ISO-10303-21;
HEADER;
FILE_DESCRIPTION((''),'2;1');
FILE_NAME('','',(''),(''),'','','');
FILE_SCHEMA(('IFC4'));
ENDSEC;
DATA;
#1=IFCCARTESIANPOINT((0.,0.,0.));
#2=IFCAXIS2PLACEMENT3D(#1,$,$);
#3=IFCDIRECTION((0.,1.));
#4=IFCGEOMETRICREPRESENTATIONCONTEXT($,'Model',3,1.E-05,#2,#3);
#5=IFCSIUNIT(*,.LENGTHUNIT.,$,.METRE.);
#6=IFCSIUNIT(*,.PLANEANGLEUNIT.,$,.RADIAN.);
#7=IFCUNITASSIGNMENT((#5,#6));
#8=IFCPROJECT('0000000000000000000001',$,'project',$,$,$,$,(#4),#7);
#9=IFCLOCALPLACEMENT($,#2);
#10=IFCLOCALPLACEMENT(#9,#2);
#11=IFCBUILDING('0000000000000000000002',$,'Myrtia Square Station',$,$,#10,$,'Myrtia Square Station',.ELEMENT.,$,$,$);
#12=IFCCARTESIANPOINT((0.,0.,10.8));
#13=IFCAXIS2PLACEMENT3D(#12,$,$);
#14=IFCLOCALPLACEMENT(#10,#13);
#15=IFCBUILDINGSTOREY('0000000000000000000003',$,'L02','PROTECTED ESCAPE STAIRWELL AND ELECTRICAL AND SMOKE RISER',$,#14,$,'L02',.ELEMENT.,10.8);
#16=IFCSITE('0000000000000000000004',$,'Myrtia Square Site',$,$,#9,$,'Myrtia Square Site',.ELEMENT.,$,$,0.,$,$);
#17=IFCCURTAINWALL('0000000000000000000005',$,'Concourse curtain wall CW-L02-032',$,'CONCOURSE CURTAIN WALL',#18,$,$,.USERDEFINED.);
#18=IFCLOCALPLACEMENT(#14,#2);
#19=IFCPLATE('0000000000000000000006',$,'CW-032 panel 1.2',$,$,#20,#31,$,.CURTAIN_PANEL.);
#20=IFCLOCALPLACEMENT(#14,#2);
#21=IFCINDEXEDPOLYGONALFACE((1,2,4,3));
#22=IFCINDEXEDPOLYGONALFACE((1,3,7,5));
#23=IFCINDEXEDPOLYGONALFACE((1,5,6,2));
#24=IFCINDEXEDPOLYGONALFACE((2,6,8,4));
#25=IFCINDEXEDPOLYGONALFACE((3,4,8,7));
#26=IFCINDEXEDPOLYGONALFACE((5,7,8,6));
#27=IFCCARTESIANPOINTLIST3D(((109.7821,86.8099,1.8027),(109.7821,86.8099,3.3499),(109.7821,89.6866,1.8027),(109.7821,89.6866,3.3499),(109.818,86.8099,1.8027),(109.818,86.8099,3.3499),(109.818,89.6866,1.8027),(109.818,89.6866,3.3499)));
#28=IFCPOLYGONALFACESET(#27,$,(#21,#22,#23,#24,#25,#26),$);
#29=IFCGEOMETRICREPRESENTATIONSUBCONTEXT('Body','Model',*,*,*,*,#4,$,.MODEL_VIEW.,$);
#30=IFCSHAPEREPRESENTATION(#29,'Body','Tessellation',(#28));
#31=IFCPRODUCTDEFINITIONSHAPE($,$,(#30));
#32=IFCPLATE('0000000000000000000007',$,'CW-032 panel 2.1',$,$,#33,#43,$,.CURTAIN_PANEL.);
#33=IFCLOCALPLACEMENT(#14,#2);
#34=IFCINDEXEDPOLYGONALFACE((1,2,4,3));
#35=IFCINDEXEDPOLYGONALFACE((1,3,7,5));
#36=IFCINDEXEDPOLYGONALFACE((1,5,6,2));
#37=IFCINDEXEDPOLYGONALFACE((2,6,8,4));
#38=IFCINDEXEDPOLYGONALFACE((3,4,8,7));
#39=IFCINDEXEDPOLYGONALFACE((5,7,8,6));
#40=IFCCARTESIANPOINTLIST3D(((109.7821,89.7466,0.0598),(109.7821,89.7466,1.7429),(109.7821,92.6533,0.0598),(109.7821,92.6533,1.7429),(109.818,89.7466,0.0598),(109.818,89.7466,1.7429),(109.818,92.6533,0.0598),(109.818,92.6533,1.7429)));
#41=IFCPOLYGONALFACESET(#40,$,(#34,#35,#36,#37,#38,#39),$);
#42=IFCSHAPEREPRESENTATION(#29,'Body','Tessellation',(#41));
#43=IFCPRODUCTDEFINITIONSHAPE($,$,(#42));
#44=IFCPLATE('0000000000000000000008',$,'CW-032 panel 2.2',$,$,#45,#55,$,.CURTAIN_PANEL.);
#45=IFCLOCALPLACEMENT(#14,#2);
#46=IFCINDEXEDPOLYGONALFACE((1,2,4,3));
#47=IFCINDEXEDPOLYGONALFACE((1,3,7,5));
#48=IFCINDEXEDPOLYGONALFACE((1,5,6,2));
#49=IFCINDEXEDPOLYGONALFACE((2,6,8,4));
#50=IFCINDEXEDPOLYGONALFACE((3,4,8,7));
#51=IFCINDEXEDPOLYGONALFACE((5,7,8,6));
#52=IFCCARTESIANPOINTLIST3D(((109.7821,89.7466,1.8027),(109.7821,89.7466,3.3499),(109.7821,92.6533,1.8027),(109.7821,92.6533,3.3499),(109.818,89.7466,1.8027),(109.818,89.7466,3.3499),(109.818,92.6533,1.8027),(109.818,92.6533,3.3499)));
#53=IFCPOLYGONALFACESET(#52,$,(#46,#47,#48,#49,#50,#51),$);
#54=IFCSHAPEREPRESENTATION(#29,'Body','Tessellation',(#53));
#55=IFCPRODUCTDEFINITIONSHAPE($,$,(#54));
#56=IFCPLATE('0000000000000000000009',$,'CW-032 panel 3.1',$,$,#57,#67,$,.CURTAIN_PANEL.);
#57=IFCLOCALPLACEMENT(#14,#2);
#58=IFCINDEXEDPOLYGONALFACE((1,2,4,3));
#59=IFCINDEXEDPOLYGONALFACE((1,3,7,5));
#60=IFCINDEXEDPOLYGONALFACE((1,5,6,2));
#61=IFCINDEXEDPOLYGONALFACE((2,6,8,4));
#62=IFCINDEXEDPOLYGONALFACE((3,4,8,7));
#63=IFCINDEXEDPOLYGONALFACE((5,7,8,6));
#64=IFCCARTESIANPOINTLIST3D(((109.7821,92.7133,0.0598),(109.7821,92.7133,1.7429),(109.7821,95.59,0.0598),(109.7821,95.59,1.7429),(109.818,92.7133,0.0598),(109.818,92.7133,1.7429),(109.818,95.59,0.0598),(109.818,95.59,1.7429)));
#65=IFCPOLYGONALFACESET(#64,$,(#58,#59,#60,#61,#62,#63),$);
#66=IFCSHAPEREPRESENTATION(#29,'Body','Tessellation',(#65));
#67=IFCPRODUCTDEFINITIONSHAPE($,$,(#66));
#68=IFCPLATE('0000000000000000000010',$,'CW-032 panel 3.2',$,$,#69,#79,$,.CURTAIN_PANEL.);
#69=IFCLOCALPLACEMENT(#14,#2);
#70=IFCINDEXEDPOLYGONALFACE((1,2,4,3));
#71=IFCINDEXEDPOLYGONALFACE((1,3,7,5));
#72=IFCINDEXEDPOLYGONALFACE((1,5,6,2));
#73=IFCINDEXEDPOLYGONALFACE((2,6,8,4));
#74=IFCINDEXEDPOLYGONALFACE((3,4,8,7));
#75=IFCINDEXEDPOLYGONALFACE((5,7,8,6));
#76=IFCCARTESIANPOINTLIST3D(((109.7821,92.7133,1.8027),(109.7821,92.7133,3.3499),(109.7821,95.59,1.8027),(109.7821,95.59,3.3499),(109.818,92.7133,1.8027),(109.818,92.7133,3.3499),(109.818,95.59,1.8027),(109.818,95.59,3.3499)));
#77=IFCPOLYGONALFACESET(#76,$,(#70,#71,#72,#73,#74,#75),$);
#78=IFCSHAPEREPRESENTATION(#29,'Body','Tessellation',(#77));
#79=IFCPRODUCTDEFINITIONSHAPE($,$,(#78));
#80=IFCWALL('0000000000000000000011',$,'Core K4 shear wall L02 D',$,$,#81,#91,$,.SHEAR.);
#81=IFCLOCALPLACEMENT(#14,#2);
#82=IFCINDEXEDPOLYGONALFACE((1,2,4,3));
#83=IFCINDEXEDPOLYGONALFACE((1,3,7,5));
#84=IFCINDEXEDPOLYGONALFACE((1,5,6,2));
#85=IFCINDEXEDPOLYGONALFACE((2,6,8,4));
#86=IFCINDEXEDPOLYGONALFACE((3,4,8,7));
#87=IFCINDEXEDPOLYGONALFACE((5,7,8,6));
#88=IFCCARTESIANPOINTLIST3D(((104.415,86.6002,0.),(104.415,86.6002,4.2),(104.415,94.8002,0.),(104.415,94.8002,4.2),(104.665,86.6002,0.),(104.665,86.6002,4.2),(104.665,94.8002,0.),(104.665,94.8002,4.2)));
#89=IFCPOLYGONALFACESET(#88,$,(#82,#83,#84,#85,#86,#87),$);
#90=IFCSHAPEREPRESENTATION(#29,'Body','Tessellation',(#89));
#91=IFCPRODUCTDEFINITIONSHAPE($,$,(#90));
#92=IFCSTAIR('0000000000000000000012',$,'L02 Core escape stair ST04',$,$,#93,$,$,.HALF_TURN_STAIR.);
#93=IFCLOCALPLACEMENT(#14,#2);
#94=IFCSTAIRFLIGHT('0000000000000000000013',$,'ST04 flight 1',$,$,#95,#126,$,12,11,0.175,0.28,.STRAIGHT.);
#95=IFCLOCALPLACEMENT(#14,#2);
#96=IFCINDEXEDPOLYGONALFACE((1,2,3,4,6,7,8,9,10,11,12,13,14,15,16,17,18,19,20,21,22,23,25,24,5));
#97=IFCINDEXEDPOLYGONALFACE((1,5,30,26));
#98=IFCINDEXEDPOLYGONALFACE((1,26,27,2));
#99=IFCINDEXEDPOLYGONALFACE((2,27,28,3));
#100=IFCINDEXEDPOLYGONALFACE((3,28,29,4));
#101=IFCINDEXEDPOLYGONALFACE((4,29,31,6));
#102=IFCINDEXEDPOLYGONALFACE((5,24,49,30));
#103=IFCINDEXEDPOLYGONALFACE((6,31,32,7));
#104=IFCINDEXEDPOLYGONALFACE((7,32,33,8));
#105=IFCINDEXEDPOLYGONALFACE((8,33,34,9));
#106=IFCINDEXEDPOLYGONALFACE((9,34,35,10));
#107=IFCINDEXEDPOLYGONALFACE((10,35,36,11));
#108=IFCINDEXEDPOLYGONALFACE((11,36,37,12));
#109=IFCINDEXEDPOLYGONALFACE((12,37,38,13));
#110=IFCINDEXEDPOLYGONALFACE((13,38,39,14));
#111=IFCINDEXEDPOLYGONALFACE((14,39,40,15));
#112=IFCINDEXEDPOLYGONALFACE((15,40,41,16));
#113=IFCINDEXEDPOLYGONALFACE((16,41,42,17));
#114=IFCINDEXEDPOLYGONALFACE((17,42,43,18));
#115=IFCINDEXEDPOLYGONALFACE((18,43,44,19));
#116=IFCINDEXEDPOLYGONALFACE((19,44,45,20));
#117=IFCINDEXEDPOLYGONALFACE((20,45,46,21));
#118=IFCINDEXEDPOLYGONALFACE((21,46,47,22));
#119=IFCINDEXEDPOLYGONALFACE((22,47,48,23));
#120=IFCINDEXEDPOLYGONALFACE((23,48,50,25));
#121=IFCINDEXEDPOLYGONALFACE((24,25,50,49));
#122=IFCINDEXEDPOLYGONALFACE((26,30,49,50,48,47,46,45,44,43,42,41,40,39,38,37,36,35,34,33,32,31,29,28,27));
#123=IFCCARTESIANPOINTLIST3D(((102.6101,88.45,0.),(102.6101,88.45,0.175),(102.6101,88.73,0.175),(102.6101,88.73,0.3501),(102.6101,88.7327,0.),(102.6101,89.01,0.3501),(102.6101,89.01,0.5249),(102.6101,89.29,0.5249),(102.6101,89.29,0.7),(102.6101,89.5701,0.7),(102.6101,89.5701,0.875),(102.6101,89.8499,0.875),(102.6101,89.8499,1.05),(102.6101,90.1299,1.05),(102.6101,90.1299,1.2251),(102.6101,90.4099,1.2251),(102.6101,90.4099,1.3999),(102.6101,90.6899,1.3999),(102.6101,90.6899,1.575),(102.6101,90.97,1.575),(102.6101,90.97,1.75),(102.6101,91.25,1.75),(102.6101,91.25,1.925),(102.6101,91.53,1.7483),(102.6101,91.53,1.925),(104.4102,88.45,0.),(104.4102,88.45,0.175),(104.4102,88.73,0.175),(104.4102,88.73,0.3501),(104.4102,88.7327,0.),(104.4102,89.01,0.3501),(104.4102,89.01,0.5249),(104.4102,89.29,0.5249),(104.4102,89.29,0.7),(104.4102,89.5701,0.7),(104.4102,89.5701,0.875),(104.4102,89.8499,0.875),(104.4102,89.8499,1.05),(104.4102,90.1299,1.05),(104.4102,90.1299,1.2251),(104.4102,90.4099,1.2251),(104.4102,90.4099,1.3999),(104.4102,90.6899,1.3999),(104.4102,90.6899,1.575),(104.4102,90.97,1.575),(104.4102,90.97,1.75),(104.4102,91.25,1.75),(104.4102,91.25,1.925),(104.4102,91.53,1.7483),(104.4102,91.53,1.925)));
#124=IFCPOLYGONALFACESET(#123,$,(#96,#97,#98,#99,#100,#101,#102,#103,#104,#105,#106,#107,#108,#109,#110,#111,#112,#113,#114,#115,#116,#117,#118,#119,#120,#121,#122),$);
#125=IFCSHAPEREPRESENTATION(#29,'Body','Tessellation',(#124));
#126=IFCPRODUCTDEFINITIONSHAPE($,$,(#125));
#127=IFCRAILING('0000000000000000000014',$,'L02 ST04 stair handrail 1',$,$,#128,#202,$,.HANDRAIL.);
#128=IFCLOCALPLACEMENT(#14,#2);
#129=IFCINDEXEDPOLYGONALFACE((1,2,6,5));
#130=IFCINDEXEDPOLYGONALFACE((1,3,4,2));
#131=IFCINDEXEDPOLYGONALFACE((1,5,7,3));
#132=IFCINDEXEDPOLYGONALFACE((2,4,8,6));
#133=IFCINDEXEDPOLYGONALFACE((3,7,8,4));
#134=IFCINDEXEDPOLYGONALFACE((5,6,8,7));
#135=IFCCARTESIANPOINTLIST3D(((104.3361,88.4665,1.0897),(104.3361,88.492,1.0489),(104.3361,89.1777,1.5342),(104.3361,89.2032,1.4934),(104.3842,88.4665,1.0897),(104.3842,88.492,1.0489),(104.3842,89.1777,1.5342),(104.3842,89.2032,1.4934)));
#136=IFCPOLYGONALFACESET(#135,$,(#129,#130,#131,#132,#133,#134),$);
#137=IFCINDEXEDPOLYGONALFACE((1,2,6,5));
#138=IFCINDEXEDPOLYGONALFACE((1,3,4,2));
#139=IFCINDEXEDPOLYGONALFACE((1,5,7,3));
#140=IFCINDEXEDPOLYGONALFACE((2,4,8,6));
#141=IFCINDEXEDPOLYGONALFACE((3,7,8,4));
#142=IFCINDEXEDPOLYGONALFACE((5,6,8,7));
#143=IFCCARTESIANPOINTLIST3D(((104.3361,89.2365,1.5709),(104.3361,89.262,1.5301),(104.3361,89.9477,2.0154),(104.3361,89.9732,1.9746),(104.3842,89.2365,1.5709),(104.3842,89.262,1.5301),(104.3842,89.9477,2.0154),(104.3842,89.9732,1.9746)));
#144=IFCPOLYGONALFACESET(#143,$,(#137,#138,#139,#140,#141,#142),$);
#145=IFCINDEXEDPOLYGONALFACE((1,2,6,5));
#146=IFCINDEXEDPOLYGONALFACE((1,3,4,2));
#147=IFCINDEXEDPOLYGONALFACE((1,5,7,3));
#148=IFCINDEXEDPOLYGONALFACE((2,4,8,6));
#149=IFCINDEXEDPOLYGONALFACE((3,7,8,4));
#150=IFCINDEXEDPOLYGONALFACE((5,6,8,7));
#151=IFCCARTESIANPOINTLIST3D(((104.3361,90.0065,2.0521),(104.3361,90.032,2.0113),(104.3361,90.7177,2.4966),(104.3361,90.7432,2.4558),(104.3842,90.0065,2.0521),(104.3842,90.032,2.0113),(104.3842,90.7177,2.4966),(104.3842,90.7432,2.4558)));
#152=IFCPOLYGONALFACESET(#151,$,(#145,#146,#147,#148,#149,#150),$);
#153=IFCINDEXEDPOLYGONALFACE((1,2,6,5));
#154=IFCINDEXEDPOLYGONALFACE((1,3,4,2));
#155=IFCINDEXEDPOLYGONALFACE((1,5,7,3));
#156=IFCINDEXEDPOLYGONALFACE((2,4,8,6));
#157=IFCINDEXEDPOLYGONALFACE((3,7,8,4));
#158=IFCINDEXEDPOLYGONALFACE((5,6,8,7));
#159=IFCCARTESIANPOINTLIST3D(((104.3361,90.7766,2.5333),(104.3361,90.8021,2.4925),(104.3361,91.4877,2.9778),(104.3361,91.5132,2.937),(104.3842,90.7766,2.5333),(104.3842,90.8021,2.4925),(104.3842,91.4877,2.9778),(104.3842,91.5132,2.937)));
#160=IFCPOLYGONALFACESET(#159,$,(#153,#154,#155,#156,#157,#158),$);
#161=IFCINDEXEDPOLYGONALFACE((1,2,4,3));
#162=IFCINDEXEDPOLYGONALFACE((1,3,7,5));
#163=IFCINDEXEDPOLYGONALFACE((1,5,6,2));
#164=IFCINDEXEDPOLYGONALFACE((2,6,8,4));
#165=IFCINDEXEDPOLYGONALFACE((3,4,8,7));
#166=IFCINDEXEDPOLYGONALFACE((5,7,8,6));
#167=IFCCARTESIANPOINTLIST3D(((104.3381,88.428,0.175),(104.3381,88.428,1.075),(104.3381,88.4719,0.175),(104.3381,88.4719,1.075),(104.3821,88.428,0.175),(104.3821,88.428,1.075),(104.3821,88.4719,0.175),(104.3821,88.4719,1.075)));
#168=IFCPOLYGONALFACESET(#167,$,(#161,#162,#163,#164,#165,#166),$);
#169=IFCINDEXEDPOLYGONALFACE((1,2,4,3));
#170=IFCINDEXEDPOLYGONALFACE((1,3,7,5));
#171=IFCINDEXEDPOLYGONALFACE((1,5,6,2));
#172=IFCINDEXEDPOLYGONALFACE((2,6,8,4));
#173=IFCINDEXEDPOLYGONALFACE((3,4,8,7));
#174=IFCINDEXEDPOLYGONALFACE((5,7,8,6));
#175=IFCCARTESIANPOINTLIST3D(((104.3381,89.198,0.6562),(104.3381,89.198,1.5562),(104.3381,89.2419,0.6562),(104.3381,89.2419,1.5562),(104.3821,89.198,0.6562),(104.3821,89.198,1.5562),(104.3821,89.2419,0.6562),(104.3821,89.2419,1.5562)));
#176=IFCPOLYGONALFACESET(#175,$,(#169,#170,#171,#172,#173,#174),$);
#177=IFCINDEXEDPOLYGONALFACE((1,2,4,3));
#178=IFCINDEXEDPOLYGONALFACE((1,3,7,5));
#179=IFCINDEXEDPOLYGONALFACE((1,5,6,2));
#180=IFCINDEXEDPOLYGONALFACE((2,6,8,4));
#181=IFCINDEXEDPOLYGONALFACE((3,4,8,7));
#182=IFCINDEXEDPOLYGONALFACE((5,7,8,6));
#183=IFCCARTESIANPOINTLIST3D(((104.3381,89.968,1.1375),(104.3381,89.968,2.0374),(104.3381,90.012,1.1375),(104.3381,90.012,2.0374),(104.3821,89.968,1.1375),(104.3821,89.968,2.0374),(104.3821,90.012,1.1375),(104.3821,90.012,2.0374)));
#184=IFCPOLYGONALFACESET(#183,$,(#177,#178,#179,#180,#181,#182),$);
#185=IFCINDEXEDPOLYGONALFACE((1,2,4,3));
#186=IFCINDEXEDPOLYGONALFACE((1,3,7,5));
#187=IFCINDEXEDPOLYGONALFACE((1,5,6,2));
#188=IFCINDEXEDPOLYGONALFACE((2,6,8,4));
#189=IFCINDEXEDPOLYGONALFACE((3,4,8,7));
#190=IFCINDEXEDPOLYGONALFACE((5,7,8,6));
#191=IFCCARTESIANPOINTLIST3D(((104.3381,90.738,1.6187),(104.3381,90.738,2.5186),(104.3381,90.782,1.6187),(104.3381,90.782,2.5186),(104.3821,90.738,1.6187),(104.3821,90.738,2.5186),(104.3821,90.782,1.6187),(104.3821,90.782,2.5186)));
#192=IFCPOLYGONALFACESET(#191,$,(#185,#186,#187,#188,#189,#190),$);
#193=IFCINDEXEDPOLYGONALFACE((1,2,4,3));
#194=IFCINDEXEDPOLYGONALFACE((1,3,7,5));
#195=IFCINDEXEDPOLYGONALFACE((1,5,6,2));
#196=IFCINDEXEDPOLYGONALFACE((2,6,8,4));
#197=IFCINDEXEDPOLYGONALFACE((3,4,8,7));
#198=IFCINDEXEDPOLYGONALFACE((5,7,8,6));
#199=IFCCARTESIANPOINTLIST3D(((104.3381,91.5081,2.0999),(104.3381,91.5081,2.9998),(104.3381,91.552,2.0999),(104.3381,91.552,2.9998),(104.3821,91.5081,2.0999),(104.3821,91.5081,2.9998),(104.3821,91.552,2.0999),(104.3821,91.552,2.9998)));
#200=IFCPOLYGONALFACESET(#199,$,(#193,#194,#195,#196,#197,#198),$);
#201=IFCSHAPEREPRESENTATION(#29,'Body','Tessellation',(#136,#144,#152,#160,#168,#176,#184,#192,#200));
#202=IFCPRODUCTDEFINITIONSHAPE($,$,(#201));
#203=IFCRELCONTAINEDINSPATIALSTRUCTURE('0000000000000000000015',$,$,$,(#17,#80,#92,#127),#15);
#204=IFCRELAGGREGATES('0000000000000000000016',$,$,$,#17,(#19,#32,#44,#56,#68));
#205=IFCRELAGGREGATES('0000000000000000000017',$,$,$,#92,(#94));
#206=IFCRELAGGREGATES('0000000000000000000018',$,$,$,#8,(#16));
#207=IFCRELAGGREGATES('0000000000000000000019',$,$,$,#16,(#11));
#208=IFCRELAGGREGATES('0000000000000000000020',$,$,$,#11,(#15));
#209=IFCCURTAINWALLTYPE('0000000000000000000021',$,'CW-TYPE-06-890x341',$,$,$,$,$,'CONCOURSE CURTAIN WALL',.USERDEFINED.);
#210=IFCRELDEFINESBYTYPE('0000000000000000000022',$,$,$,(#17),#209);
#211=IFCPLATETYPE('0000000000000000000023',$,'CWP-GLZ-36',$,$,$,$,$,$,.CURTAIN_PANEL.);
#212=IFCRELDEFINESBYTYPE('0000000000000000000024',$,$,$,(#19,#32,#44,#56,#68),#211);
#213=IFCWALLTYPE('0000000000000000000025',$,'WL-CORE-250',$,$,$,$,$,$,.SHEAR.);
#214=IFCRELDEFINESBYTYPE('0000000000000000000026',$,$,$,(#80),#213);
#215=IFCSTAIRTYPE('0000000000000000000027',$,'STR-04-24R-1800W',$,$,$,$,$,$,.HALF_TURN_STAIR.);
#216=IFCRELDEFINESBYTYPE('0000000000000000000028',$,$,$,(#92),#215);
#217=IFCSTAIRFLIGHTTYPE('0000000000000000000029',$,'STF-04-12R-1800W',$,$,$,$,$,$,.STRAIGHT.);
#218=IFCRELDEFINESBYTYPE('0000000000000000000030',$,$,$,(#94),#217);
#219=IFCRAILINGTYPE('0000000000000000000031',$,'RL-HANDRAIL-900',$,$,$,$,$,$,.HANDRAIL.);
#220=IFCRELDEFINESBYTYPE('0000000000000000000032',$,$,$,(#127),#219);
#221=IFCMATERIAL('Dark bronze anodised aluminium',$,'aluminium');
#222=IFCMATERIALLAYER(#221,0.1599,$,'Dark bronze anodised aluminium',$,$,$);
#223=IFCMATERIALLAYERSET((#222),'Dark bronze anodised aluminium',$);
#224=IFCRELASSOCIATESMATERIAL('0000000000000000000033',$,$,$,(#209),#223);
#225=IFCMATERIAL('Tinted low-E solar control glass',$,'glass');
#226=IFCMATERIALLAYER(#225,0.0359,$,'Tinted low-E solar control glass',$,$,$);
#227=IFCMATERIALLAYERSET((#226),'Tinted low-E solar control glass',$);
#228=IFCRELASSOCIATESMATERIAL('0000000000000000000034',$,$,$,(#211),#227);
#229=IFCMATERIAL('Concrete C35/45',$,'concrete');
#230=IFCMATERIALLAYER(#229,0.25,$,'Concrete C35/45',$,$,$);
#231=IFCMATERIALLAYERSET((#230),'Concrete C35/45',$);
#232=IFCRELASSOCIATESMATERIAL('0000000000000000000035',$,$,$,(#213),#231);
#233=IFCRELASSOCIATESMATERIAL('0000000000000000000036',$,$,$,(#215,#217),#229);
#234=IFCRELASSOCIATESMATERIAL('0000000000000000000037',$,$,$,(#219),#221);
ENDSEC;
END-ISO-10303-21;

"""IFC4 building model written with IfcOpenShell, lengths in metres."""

from ifc_helpers import new_model, si_unit, direction, frame, frame_2d, origin, origin_2d, place, context, subcontext, project, spatial, polyline, rectangle, outline, extrude, material, layer, layer_set, type_object, element, aggregate, save


model = new_model("IFC4")

# Units and contexts
model_context = context("Model", 3, precision=1e-05, world=origin(), true_north=direction((0.0, 1.0)))
body_context = subcontext(model_context, "Body", "Model", "MODEL_VIEW")
ifc_project = project(units=[si_unit("LENGTHUNIT", "METRE"), si_unit("PLANEANGLEUNIT", "RADIAN")], contexts=[model_context])

# Site, building, storey
site_placement = place(None, origin())
site = spatial("IfcSite", under=ifc_project, at=site_placement, Name="Myrtia Square Site", LongName="Myrtia Square Site", CompositionType="ELEMENT", RefElevation=0.0)
building_placement = place(site_placement, origin())
building = spatial("IfcBuilding", under=site, at=building_placement, Name="Myrtia Square Station", LongName="Myrtia Square Station", CompositionType="ELEMENT")
storey_placement = place(building_placement, frame((0.0, 0.0, 10.8)))
storey = spatial("IfcBuildingStorey", under=building, at=storey_placement, Name="L02", Description="PROTECTED ESCAPE STAIRWELL AND ELECTRICAL AND SMOKE RISER", LongName="L02", CompositionType="ELEMENT", Elevation=10.8)

# Curtain wall, plates
ifc_material_1 = material(Name="Dark bronze anodised aluminium", Category="aluminium")
ifc_layer_1 = layer(ifc_material_1, 0.1599, Name="Dark bronze anodised aluminium")
ifc_layer_set_1 = layer_set([ifc_layer_1], Name="Dark bronze anodised aluminium")
curtain_wall_type = type_object("IfcCurtainWallType", Name="CW-TYPE-06-890x341", ElementType="CONCOURSE CURTAIN WALL", PredefinedType="USERDEFINED", material=ifc_layer_set_1)
curtain_wall_placement = place(storey_placement, origin())
curtain_wall = element("IfcCurtainWall", 1, at=curtain_wall_placement, inside=storey, type_object=curtain_wall_type, Name="Concourse curtain wall CW-L02-032", ObjectType="CONCOURSE CURTAIN WALL", PredefinedType="USERDEFINED")
ifc_material_2 = material(Name="Tinted low-E solar control glass", Category="glass")
ifc_layer_2 = layer(ifc_material_2, 0.0359, Name="Tinted low-E solar control glass")
ifc_layer_set_2 = layer_set([ifc_layer_2], Name="Tinted low-E solar control glass")
plate_type = type_object("IfcPlateType", Name="CWP-GLZ-36", PredefinedType="CURTAIN_PANEL", material=ifc_layer_set_2)
plate_1_placement = place(storey_placement, frame((109.8, 88.2483, 1.8027), z_axis=(0.0, 0.0, 1.0), x_axis=(0.0, 1.0, 0.0)))
plate_1 = element("IfcPlate", 2, at=plate_1_placement, type_object=plate_type, Name="CW-032 panel 1.2", PredefinedType="CURTAIN_PANEL", context=body_context, shape_type="SweptSolid", body=[
    extrude(rectangle(XDim=2.8767, YDim=0.0359, at=origin_2d()), origin(), (0.0, 0.0, 1.0), 1.5471),
])
plate_2_placement = place(storey_placement, frame((109.8, 91.2, 0.0598), z_axis=(0.0, 0.0, 1.0), x_axis=(0.0, 1.0, 0.0)))
plate_2 = element("IfcPlate", 3, at=plate_2_placement, type_object=plate_type, Name="CW-032 panel 2.1", PredefinedType="CURTAIN_PANEL", context=body_context, shape_type="SweptSolid", body=[
    extrude(rectangle(XDim=2.9067, YDim=0.0359, at=origin_2d()), origin(), (0.0, 0.0, 1.0), 1.6831),
])
plate_3_placement = place(storey_placement, frame((109.8, 91.2, 1.8027), z_axis=(0.0, 0.0, 1.0), x_axis=(0.0, 1.0, 0.0)))
plate_3 = element("IfcPlate", 4, at=plate_3_placement, type_object=plate_type, Name="CW-032 panel 2.2", PredefinedType="CURTAIN_PANEL", context=body_context, shape_type="SweptSolid", body=[
    extrude(rectangle(XDim=2.9067, YDim=0.0359, at=origin_2d()), origin(), (0.0, 0.0, 1.0), 1.5471),
])
plate_4_placement = place(storey_placement, frame((109.8, 94.1516, 0.0598), z_axis=(0.0, 0.0, 1.0), x_axis=(0.0, 1.0, 0.0)))
plate_4 = element("IfcPlate", 5, at=plate_4_placement, type_object=plate_type, Name="CW-032 panel 3.1", PredefinedType="CURTAIN_PANEL", context=body_context, shape_type="SweptSolid", body=[
    extrude(rectangle(XDim=2.8767, YDim=0.0359, at=origin_2d()), origin(), (0.0, 0.0, 1.0), 1.6831),
])
plate_5_placement = place(storey_placement, frame((109.8, 94.1516, 1.8027), z_axis=(0.0, 0.0, 1.0), x_axis=(0.0, 1.0, 0.0)))
plate_5 = element("IfcPlate", 6, at=plate_5_placement, type_object=plate_type, Name="CW-032 panel 3.2", PredefinedType="CURTAIN_PANEL", context=body_context, shape_type="SweptSolid", body=[
    extrude(rectangle(XDim=2.8767, YDim=0.0359, at=origin_2d()), origin(), (0.0, 0.0, 1.0), 1.5471),
])
aggregate(curtain_wall, [plate_1, plate_2, plate_3, plate_4, plate_5])

# Wall
ifc_material_3 = material(Name="Concrete C35/45", Category="concrete")
ifc_layer_3 = layer(ifc_material_3, 0.25, Name="Concrete C35/45")
ifc_layer_set_3 = layer_set([ifc_layer_3], Name="Concrete C35/45")
wall_type = type_object("IfcWallType", Name="WL-CORE-250", PredefinedType="SHEAR", material=ifc_layer_set_3)
wall_placement = place(storey_placement, frame((104.54, 86.6001, 0.0), z_axis=(0.0, 0.0, 1.0), x_axis=(0.0, 1.0, 0.0)))
element("IfcWall", 7, at=wall_placement, inside=storey, type_object=wall_type, Name="Core K4 shear wall L02 D", PredefinedType="SHEAR", context=body_context, shape_type="SweptSolid", body=[
    extrude(rectangle(XDim=8.2, YDim=0.25, at=frame_2d((4.1001, 0.0))), origin(), (0.0, 0.0, 1.0), 4.2),
])

# Stair, stair flight
stair_type = type_object("IfcStairType", Name="STR-04-24R-1800W", PredefinedType="HALF_TURN_STAIR", material=ifc_material_3)
stair_placement = place(storey_placement, origin())
stair = element("IfcStair", 8, at=stair_placement, inside=storey, type_object=stair_type, Name="L02 Core escape stair ST04", PredefinedType="HALF_TURN_STAIR")
stair_flight_type = type_object("IfcStairFlightType", Name="STF-04-12R-1800W", PredefinedType="STRAIGHT", material=ifc_material_3)
stair_flight_placement = place(storey_placement, frame((103.51, 88.45, 0.0), z_axis=(0.0, 0.0, 1.0), x_axis=(0.0, 1.0, 0.0)))
stair_flight = element("IfcStairFlight", 9, at=stair_flight_placement, type_object=stair_flight_type, Name="ST04 flight 1", NumberOfRisers=12, NumberOfTreads=11, PredefinedType="STRAIGHT", RiserHeight=0.175, TreadLength=0.28, context=body_context, shape_type="SweptSolid", body=[
    extrude(outline(polyline([(0.0, 0.0), (0.0, 0.175), (0.28, 0.175), (0.28, 0.3501), (0.5601, 0.3501), (0.5601, 0.5249), (0.8401, 0.5249), (0.8401, 0.7), (1.1201, 0.7), (1.1201, 0.875), (1.3999, 0.875), (1.3999, 1.05), (1.6799, 1.05), (1.6799, 1.2251), (1.96, 1.2251), (1.96, 1.3999), (2.24, 1.3999), (2.24, 1.575), (2.52, 1.575), (2.52, 1.75), (2.8, 1.75), (2.8, 1.925), (3.0801, 1.925), (3.0801, 2.1001), (3.0801, 1.7483), (0.2827, 0.0), (0.0, 0.0)])), frame((0.0, 0.8999, 0.0), z_axis=(0.0, -1.0, 0.0), x_axis=(1.0, 0.0, 0.0)), (0.0, 0.0, 1.0), 1.8),
])
aggregate(stair, [stair_flight])

# Railing
railing_type_1 = type_object("IfcRailingType", Name="RL-HANDRAIL-900", PredefinedType="HANDRAIL", material=ifc_material_1)
railing_1_placement = place(storey_placement, frame((104.3601, 88.45, 0.175)))
element("IfcRailing", 10, at=railing_1_placement, inside=storey, type_object=railing_type_1, Name="L02 ST04 stair handrail 1", PredefinedType="HANDRAIL", context=body_context, shape_type="SweptSolid", body=[
    extrude(rectangle(XDim=0.0481, YDim=0.0481, at=origin_2d()), frame((0.0, 0.0293, 0.8943), z_axis=(0.0, 0.848029, 0.529951), x_axis=(-1.0, 0.0, 0.0)), (0.0, 0.0, 1.0), 0.8386),
    extrude(rectangle(XDim=0.0481, YDim=0.0481, at=origin_2d()), frame((0.0, 0.7993, 1.3755), z_axis=(0.0, 0.848029, 0.529951), x_axis=(-1.0, 0.0, 0.0)), (0.0, 0.0, 1.0), 0.8386),
    extrude(rectangle(XDim=0.0481, YDim=0.0481, at=origin_2d()), frame((0.0, 1.5693, 1.8567), z_axis=(0.0, 0.848029, 0.529951), x_axis=(-1.0, 0.0, 0.0)), (0.0, 0.0, 1.0), 0.8386),
    extrude(rectangle(XDim=0.0481, YDim=0.0481, at=origin_2d()), frame((0.0, 2.3394, 2.3379), z_axis=(0.0, 0.848029, 0.529951), x_axis=(-1.0, 0.0, 0.0)), (0.0, 0.0, 1.0), 0.8386),
    extrude(rectangle(XDim=0.0439, YDim=0.0439, at=origin_2d()), origin(), (0.0, 0.0, 1.0), 0.8999),
    extrude(rectangle(XDim=0.0439, YDim=0.0439, at=origin_2d()), frame((0.0, 0.77, 0.4812)), (0.0, 0.0, 1.0), 0.8999),
    extrude(rectangle(XDim=0.0439, YDim=0.0439, at=origin_2d()), frame((0.0, 1.54, 0.9624)), (0.0, 0.0, 1.0), 0.8999),
    extrude(rectangle(XDim=0.0439, YDim=0.0439, at=origin_2d()), frame((0.0, 2.3101, 1.4436)), (0.0, 0.0, 1.0), 0.8999),
    extrude(rectangle(XDim=0.0439, YDim=0.0439, at=origin_2d()), frame((0.0, 3.0801, 1.9248)), (0.0, 0.0, 1.0), 0.8999),
])

save(model, "model.ifc")
